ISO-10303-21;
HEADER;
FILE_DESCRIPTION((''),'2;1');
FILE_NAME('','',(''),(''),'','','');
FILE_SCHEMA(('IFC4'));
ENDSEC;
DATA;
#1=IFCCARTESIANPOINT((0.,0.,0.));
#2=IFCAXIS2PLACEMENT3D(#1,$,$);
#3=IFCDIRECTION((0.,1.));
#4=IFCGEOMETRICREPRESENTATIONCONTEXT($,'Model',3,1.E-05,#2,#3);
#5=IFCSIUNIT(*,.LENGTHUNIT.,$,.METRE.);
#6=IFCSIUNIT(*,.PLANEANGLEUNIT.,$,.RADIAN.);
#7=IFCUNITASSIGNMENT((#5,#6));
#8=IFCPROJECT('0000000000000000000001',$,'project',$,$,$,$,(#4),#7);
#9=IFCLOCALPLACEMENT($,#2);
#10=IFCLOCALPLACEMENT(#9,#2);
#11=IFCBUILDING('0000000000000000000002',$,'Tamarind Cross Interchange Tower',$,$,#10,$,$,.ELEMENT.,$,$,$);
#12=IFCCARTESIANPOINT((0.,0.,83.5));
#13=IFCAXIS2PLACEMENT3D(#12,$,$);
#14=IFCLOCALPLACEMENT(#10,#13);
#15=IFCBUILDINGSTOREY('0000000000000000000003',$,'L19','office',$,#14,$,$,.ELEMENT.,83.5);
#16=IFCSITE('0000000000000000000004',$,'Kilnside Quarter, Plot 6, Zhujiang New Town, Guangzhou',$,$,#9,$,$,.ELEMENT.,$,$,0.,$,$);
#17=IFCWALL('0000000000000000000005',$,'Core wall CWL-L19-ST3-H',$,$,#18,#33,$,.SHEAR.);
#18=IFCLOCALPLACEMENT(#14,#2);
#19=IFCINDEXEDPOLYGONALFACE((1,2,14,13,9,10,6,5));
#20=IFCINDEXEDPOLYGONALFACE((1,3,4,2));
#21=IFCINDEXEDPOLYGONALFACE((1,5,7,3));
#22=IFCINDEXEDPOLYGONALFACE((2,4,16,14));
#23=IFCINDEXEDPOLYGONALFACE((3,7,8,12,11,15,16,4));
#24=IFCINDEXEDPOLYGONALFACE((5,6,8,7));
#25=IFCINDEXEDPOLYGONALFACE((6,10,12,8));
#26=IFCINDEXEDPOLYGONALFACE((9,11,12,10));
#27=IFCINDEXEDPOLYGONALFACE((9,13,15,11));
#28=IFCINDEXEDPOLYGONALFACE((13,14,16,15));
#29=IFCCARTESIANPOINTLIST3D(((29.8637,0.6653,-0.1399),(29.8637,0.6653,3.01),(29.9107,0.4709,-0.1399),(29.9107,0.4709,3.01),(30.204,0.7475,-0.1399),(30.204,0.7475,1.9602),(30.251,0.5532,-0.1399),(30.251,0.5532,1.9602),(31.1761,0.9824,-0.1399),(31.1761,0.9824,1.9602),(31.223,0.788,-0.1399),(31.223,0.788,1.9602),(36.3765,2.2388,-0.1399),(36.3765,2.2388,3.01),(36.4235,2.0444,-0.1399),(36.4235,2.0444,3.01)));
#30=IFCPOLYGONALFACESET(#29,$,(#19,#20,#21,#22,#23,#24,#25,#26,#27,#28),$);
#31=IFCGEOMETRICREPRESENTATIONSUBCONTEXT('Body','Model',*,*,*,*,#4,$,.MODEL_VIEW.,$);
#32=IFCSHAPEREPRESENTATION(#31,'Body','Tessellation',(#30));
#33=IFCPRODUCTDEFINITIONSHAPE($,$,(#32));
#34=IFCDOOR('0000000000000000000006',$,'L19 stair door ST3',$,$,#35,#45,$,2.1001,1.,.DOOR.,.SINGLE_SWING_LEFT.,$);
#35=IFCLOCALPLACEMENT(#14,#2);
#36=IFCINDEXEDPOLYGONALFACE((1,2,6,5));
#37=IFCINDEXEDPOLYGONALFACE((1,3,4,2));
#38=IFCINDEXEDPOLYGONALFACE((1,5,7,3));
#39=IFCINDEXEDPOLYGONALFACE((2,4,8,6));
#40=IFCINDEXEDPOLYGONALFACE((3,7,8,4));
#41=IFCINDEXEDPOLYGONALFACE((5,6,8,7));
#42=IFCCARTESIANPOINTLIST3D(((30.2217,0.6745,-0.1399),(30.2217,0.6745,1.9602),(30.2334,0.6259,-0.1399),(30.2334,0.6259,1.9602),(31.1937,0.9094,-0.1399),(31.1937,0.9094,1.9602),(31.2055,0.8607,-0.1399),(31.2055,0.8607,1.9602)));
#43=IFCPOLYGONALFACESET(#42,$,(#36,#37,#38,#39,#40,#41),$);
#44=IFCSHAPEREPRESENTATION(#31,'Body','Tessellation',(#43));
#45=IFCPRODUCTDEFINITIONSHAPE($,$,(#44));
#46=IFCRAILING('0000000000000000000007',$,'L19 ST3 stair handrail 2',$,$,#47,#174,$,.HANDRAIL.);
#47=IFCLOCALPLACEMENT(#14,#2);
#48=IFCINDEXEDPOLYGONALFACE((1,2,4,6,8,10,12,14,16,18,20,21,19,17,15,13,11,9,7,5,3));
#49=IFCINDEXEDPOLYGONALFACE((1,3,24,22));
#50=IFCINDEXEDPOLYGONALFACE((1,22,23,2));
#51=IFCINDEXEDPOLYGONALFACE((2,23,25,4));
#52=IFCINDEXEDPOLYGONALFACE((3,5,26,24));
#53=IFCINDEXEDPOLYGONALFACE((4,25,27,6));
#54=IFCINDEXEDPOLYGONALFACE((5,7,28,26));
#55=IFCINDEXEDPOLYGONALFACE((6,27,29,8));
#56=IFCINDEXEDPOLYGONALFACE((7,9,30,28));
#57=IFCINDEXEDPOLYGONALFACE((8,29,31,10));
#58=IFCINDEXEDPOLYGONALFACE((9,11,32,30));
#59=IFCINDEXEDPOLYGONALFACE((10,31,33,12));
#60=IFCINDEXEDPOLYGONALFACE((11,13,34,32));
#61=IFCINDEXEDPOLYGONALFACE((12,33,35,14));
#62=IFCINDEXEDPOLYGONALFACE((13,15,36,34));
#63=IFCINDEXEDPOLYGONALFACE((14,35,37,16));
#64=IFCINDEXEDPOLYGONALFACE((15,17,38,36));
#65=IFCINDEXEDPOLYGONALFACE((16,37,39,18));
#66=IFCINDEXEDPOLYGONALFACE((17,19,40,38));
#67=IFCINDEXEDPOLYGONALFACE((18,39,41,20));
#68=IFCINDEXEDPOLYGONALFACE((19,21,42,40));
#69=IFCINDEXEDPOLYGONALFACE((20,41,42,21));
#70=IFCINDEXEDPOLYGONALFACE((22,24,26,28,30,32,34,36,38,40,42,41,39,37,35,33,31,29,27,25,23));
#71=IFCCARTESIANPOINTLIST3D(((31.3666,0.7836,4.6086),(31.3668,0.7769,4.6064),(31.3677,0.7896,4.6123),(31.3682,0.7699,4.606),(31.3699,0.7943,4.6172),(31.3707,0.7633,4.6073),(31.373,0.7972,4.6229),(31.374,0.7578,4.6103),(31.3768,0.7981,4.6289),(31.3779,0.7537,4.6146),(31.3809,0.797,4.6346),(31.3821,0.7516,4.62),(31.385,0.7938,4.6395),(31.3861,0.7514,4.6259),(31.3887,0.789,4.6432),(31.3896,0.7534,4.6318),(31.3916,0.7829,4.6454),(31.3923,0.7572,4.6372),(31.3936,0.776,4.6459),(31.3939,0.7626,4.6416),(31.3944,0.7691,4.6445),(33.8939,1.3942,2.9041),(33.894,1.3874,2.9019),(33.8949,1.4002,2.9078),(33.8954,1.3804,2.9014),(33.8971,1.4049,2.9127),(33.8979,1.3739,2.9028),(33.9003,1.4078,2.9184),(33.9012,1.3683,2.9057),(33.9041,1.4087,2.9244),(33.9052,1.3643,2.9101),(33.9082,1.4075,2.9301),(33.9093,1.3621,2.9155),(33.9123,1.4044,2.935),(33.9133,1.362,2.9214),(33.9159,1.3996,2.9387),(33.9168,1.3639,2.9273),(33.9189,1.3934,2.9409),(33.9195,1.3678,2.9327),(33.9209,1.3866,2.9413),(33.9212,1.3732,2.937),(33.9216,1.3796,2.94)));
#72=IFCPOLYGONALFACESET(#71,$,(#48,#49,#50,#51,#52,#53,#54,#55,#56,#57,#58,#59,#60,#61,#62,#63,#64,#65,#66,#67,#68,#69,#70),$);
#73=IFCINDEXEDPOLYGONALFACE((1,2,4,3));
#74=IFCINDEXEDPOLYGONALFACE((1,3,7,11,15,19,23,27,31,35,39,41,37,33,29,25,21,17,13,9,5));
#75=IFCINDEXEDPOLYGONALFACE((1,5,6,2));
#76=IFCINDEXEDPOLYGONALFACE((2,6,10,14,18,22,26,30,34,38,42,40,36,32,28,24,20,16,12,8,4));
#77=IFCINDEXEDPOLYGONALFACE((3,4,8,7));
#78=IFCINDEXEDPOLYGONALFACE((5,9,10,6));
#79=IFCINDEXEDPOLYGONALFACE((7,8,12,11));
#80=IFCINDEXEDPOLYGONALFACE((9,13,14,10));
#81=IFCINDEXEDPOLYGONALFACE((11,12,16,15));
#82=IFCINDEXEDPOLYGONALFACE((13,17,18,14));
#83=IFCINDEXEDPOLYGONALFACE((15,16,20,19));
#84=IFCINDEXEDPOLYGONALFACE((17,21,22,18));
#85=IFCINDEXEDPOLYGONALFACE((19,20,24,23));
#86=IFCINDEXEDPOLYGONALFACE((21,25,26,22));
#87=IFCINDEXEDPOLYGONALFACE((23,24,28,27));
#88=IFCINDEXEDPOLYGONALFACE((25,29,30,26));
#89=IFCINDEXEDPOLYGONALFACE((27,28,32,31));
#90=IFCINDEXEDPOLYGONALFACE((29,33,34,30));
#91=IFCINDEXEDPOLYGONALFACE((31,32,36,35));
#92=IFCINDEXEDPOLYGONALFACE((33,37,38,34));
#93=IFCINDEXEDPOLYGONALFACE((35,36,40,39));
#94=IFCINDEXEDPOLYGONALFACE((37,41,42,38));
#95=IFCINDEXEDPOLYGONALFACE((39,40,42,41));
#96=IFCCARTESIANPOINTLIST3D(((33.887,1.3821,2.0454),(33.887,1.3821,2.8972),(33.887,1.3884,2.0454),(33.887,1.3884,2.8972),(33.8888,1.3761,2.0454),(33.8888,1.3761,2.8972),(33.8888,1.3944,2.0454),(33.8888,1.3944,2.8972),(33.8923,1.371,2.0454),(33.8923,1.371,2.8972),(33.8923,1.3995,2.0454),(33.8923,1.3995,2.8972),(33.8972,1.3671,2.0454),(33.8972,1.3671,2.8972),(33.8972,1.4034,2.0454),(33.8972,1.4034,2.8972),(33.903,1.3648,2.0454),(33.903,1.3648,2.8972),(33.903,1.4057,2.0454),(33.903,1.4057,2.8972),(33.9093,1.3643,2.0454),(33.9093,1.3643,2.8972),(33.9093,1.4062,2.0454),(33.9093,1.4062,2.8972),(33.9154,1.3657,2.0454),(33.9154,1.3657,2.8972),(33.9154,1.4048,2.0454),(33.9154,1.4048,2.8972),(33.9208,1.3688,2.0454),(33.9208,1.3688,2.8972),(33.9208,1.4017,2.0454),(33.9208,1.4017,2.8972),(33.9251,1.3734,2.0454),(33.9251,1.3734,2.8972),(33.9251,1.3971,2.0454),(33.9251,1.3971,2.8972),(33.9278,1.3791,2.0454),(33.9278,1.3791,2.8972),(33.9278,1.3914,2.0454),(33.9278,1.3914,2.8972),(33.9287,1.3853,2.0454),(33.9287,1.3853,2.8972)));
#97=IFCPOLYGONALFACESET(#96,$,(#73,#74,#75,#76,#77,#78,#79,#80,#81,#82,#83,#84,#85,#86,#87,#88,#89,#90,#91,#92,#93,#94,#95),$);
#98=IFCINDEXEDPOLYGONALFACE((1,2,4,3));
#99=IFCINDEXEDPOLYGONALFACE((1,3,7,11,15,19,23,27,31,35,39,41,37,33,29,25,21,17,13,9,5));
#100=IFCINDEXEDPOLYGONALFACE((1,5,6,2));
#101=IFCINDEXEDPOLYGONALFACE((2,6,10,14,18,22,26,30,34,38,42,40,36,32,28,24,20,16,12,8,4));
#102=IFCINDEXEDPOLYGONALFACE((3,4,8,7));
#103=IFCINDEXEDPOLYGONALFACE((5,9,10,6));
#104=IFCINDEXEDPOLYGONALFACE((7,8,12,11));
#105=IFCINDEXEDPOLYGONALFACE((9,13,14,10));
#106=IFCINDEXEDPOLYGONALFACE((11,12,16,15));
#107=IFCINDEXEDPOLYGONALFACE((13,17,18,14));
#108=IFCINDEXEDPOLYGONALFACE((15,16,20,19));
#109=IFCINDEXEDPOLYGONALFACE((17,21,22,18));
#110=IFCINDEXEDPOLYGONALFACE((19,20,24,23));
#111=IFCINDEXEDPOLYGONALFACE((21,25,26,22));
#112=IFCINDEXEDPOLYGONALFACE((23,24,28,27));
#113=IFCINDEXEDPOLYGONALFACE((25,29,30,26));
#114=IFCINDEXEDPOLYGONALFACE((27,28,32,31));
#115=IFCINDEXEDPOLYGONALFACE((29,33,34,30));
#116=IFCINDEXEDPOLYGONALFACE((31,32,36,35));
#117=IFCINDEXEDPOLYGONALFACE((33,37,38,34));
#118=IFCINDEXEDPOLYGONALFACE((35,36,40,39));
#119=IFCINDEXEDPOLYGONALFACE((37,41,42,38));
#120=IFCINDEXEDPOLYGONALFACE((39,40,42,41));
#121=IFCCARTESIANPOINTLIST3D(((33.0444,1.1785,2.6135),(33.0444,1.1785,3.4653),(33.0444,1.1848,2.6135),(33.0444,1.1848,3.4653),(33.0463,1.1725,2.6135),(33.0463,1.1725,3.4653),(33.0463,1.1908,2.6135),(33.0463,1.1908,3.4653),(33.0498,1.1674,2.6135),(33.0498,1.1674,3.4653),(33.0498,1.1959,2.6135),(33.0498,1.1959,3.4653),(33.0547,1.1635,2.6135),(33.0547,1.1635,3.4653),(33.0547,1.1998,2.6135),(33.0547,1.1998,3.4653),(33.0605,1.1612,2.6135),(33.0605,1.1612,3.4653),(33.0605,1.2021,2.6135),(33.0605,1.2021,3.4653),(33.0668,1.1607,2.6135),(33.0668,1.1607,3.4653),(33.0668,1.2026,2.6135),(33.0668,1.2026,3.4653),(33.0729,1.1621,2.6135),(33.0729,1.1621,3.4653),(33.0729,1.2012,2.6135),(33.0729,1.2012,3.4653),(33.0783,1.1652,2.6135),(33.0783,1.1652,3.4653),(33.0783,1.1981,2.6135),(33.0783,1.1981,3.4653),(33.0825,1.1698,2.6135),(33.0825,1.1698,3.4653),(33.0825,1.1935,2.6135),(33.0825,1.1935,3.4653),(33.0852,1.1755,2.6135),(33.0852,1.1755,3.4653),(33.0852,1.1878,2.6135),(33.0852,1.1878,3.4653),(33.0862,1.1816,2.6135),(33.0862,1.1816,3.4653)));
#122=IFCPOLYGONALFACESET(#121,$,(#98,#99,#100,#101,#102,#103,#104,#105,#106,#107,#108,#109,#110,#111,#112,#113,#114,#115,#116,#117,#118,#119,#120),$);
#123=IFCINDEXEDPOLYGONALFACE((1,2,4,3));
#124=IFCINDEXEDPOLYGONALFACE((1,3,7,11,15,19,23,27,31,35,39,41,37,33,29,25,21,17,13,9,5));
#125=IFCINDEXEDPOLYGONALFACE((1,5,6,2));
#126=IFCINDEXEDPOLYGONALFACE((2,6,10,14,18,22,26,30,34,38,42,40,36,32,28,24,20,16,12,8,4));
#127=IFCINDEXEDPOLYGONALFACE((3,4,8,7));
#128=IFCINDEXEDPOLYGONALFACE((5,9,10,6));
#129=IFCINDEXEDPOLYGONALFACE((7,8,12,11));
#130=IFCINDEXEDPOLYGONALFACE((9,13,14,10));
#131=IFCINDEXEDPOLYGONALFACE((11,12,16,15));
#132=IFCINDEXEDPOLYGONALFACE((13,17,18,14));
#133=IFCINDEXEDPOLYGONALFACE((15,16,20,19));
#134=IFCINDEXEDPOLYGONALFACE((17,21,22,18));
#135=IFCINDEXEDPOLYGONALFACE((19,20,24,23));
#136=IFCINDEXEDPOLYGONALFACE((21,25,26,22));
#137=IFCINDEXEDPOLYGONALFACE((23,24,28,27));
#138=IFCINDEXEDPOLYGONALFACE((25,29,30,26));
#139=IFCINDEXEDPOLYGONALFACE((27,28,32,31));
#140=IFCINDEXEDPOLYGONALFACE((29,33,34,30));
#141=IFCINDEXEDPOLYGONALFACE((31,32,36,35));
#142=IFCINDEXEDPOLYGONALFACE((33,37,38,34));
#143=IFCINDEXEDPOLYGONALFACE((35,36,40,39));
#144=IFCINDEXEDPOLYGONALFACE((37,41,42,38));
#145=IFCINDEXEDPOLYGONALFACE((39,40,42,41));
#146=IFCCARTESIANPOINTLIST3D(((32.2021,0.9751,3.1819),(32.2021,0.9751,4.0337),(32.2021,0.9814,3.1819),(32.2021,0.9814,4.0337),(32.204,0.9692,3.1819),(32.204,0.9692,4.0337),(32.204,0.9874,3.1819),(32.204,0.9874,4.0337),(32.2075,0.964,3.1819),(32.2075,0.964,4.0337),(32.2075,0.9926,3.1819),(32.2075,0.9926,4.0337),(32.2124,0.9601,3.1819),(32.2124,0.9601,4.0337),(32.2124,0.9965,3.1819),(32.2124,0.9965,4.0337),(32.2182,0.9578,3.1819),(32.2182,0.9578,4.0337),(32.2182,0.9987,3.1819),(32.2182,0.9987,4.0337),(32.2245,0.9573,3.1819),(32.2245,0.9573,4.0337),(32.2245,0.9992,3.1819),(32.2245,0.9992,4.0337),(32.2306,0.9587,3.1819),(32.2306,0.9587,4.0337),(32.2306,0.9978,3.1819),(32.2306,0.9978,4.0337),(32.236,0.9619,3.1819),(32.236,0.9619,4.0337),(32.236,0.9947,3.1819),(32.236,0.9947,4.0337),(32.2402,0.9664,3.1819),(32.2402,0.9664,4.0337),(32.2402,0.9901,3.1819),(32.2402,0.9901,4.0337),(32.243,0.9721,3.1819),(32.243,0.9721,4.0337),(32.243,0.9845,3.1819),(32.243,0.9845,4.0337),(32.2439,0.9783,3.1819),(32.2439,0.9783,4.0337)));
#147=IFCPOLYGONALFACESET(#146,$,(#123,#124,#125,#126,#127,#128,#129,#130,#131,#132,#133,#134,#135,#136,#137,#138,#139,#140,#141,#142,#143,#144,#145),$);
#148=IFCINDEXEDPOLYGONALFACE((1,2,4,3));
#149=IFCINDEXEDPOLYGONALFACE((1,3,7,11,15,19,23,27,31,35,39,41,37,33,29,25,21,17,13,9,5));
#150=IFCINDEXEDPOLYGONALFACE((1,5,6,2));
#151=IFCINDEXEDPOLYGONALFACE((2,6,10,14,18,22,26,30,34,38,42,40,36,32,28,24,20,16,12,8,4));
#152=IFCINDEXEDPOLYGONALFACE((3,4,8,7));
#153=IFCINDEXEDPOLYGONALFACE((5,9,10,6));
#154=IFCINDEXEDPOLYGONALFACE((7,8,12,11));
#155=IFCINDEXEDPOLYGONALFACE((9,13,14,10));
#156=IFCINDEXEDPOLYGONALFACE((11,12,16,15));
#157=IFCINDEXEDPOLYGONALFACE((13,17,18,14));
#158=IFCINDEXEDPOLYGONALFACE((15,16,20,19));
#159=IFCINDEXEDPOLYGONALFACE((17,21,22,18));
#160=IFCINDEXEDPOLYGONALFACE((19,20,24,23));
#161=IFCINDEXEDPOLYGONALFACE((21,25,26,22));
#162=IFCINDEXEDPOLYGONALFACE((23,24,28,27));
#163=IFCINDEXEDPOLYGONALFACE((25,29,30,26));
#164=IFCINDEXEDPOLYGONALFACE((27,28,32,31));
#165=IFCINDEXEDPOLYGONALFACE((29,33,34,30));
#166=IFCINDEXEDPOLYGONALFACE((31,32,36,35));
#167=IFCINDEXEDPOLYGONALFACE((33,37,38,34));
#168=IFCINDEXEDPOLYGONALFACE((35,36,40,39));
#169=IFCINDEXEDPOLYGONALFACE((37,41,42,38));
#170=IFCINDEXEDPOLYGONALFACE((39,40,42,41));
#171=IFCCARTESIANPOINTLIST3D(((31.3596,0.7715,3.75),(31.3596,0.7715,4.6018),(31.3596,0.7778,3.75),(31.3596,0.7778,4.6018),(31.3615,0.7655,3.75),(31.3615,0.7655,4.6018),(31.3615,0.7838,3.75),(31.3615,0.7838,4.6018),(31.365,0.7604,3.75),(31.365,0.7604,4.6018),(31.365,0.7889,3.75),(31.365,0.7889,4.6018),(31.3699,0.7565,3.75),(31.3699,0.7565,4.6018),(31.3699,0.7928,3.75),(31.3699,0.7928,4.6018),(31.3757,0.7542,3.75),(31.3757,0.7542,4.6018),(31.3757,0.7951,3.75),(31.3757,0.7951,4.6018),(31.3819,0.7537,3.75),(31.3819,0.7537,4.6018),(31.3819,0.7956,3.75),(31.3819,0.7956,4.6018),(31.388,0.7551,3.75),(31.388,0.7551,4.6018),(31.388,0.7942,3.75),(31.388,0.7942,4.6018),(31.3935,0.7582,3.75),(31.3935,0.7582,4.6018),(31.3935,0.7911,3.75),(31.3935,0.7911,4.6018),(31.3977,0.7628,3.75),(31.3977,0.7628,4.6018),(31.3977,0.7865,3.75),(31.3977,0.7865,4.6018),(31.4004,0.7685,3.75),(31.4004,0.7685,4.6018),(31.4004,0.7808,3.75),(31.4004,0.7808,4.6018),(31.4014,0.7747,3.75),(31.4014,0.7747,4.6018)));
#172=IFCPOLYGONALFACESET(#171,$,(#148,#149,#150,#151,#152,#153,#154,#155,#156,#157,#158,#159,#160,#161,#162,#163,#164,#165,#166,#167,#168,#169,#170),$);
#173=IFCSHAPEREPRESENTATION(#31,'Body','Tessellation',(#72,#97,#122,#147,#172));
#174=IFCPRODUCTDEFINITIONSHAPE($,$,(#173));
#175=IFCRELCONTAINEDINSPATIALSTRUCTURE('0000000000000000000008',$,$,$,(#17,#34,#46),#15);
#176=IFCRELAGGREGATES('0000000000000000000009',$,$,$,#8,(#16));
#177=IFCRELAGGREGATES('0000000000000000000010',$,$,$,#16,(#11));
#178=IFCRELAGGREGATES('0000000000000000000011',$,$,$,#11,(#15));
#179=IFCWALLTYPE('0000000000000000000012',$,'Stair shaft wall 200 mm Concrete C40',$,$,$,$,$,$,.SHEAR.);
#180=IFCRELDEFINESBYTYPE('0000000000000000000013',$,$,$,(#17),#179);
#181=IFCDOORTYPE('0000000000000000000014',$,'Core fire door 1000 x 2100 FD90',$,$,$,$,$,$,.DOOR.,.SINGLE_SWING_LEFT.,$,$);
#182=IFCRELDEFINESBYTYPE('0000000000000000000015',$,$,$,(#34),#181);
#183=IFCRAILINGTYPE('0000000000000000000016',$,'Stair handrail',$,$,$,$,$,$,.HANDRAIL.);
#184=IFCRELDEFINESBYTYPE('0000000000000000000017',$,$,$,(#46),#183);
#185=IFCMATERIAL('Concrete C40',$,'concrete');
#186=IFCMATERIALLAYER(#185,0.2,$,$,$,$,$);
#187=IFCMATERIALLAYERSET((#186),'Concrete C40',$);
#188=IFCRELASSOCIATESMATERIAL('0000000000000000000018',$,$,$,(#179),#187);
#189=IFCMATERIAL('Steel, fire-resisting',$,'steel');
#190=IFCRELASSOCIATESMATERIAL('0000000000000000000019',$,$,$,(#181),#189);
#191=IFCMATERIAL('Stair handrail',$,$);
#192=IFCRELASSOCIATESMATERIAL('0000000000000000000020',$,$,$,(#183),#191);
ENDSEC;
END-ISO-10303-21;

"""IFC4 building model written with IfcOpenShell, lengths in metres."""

from ifc_helpers import new_model, si_unit, direction, frame, frame_2d, origin, origin_2d, place, context, subcontext, project, spatial, rectangle, circle, extrude, material, layer, layer_set, type_object, element, fill, save


model = new_model("IFC4")

# Units and contexts
model_context = context("Model", 3, precision=1e-05, world=origin(), true_north=direction((0.0, 1.0)))
body_context = subcontext(model_context, "Body", "Model", "MODEL_VIEW")
ifc_project = project(units=[si_unit("LENGTHUNIT", "METRE"), si_unit("PLANEANGLEUNIT", "RADIAN")], contexts=[model_context])

# Site, building, storey
site_placement = place(None, origin())
site = spatial("IfcSite", under=ifc_project, at=site_placement, Name="Kilnside Quarter, Plot 6, Zhujiang New Town, Guangzhou", CompositionType="ELEMENT", RefElevation=0.0)
building_placement = place(site_placement, origin())
building = spatial("IfcBuilding", under=site, at=building_placement, Name="Tamarind Cross Interchange Tower", CompositionType="ELEMENT")
storey_placement = place(building_placement, frame((0.0, 0.0, 83.5)))
storey = spatial("IfcBuildingStorey", under=building, at=storey_placement, Name="L19", Description="office", CompositionType="ELEMENT", Elevation=83.5)

# Shared definitions
ifc_material_1 = material(Name="Concrete C40", Category="concrete")

# Wall, opening, door
ifc_layer_1 = layer(ifc_material_1, 0.2)
ifc_layer_set_1 = layer_set([ifc_layer_1], Name="Concrete C40")
wall_type_1 = type_object("IfcWallType", Name="Stair shaft wall 200 mm Concrete C40", PredefinedType="SHEAR", material=ifc_layer_set_1)
wall_1_placement = place(storey_placement, frame((29.8872, 0.5681, -0.1399), z_axis=(0.0, 0.0, 1.0), x_axis=(0.972033, 0.234846, 0.0)))
wall_1 = element("IfcWall", 1, at=wall_1_placement, inside=storey, type_object=wall_type_1, Name="Core wall CWL-L19-ST3-H", PredefinedType="SHEAR", context=body_context, shape_type="SweptSolid", body=[
    extrude(rectangle(XDim=6.7002, YDim=0.2, at=frame_2d((3.3501, 0.0))), origin(), (0.0, 0.0, 1.0), 3.1499),
])
opening_1_placement = place(wall_1_placement, frame((0.3501, 0.0, 0.0)))
opening_1 = element("IfcOpeningElement", 2, at=opening_1_placement, cuts=wall_1, PredefinedType="OPENING", context=body_context, shape_type="SweptSolid", body=[
    extrude(rectangle(XDim=1.0, YDim=2.1001, at=frame_2d((0.5, 1.05))), frame((0.0, 0.1099, 0.0), z_axis=(0.0, -1.0, 0.0), x_axis=(1.0, 0.0, 0.0)), (0.0, 0.0, 1.0), 0.22),
])
ifc_material_2 = material(Name="Steel, fire-resisting", Category="steel")
door_type_1 = type_object("IfcDoorType", Name="Core fire door 1000 x 2100 FD90", OperationType="SINGLE_SWING_LEFT", PredefinedType="DOOR", material=ifc_material_2)
door_1_placement = place(opening_1_placement, origin())
door_1 = element("IfcDoor", 3, at=door_1_placement, inside=storey, type_object=door_type_1, Name="L19 stair door ST3", OperationType="SINGLE_SWING_LEFT", OverallHeight=2.1001, OverallWidth=1.0, PredefinedType="DOOR", context=body_context, shape_type="SweptSolid", body=[
    extrude(rectangle(XDim=1.0, YDim=2.1001, at=frame_2d((0.5, 1.05))), frame((0.0, 0.0249, 0.0), z_axis=(0.0, -1.0, 0.0), x_axis=(1.0, 0.0, 0.0)), (0.0, 0.0, 1.0), 0.05),
])
fill(opening_1, door_1)

# Railing
ifc_material_3 = material(Name="Stair handrail")
railing_type = type_object("IfcRailingType", Name="Stair handrail", PredefinedType="HANDRAIL", material=ifc_material_3)
railing_placement = place(storey_placement, frame((33.9077, 1.3853, 2.0454)))
element("IfcRailing", 4, at=railing_placement, inside=storey, type_object=railing_type, Name="L19 ST3 stair handrail 2", PredefinedType="HANDRAIL", context=body_context, shape_type="SweptSolid", body=[
    extrude(circle(Radius=0.0239, at=origin_2d()), frame((0.0, 0.0, 0.876), z_axis=(-0.81291, -0.196396, 0.548275), x_axis=(0.234839, -0.972034, 0.0)), (0.0, 0.0, 1.0), 3.1089),
    extrude(circle(Radius=0.021, at=origin_2d()), origin(), (0.0, 0.0, 1.0), 0.8518),
    extrude(circle(Radius=0.021, at=origin_2d()), frame((-0.8425, -0.2036, 0.5681)), (0.0, 0.0, 1.0), 0.8518),
    extrude(circle(Radius=0.021, at=origin_2d()), frame((-1.6848, -0.407, 1.1365)), (0.0, 0.0, 1.0), 0.8518),
    extrude(circle(Radius=0.021, at=origin_2d()), frame((-2.5273, -0.6106, 1.7046)), (0.0, 0.0, 1.0), 0.8518),
])

save(model, "model.ifc")
